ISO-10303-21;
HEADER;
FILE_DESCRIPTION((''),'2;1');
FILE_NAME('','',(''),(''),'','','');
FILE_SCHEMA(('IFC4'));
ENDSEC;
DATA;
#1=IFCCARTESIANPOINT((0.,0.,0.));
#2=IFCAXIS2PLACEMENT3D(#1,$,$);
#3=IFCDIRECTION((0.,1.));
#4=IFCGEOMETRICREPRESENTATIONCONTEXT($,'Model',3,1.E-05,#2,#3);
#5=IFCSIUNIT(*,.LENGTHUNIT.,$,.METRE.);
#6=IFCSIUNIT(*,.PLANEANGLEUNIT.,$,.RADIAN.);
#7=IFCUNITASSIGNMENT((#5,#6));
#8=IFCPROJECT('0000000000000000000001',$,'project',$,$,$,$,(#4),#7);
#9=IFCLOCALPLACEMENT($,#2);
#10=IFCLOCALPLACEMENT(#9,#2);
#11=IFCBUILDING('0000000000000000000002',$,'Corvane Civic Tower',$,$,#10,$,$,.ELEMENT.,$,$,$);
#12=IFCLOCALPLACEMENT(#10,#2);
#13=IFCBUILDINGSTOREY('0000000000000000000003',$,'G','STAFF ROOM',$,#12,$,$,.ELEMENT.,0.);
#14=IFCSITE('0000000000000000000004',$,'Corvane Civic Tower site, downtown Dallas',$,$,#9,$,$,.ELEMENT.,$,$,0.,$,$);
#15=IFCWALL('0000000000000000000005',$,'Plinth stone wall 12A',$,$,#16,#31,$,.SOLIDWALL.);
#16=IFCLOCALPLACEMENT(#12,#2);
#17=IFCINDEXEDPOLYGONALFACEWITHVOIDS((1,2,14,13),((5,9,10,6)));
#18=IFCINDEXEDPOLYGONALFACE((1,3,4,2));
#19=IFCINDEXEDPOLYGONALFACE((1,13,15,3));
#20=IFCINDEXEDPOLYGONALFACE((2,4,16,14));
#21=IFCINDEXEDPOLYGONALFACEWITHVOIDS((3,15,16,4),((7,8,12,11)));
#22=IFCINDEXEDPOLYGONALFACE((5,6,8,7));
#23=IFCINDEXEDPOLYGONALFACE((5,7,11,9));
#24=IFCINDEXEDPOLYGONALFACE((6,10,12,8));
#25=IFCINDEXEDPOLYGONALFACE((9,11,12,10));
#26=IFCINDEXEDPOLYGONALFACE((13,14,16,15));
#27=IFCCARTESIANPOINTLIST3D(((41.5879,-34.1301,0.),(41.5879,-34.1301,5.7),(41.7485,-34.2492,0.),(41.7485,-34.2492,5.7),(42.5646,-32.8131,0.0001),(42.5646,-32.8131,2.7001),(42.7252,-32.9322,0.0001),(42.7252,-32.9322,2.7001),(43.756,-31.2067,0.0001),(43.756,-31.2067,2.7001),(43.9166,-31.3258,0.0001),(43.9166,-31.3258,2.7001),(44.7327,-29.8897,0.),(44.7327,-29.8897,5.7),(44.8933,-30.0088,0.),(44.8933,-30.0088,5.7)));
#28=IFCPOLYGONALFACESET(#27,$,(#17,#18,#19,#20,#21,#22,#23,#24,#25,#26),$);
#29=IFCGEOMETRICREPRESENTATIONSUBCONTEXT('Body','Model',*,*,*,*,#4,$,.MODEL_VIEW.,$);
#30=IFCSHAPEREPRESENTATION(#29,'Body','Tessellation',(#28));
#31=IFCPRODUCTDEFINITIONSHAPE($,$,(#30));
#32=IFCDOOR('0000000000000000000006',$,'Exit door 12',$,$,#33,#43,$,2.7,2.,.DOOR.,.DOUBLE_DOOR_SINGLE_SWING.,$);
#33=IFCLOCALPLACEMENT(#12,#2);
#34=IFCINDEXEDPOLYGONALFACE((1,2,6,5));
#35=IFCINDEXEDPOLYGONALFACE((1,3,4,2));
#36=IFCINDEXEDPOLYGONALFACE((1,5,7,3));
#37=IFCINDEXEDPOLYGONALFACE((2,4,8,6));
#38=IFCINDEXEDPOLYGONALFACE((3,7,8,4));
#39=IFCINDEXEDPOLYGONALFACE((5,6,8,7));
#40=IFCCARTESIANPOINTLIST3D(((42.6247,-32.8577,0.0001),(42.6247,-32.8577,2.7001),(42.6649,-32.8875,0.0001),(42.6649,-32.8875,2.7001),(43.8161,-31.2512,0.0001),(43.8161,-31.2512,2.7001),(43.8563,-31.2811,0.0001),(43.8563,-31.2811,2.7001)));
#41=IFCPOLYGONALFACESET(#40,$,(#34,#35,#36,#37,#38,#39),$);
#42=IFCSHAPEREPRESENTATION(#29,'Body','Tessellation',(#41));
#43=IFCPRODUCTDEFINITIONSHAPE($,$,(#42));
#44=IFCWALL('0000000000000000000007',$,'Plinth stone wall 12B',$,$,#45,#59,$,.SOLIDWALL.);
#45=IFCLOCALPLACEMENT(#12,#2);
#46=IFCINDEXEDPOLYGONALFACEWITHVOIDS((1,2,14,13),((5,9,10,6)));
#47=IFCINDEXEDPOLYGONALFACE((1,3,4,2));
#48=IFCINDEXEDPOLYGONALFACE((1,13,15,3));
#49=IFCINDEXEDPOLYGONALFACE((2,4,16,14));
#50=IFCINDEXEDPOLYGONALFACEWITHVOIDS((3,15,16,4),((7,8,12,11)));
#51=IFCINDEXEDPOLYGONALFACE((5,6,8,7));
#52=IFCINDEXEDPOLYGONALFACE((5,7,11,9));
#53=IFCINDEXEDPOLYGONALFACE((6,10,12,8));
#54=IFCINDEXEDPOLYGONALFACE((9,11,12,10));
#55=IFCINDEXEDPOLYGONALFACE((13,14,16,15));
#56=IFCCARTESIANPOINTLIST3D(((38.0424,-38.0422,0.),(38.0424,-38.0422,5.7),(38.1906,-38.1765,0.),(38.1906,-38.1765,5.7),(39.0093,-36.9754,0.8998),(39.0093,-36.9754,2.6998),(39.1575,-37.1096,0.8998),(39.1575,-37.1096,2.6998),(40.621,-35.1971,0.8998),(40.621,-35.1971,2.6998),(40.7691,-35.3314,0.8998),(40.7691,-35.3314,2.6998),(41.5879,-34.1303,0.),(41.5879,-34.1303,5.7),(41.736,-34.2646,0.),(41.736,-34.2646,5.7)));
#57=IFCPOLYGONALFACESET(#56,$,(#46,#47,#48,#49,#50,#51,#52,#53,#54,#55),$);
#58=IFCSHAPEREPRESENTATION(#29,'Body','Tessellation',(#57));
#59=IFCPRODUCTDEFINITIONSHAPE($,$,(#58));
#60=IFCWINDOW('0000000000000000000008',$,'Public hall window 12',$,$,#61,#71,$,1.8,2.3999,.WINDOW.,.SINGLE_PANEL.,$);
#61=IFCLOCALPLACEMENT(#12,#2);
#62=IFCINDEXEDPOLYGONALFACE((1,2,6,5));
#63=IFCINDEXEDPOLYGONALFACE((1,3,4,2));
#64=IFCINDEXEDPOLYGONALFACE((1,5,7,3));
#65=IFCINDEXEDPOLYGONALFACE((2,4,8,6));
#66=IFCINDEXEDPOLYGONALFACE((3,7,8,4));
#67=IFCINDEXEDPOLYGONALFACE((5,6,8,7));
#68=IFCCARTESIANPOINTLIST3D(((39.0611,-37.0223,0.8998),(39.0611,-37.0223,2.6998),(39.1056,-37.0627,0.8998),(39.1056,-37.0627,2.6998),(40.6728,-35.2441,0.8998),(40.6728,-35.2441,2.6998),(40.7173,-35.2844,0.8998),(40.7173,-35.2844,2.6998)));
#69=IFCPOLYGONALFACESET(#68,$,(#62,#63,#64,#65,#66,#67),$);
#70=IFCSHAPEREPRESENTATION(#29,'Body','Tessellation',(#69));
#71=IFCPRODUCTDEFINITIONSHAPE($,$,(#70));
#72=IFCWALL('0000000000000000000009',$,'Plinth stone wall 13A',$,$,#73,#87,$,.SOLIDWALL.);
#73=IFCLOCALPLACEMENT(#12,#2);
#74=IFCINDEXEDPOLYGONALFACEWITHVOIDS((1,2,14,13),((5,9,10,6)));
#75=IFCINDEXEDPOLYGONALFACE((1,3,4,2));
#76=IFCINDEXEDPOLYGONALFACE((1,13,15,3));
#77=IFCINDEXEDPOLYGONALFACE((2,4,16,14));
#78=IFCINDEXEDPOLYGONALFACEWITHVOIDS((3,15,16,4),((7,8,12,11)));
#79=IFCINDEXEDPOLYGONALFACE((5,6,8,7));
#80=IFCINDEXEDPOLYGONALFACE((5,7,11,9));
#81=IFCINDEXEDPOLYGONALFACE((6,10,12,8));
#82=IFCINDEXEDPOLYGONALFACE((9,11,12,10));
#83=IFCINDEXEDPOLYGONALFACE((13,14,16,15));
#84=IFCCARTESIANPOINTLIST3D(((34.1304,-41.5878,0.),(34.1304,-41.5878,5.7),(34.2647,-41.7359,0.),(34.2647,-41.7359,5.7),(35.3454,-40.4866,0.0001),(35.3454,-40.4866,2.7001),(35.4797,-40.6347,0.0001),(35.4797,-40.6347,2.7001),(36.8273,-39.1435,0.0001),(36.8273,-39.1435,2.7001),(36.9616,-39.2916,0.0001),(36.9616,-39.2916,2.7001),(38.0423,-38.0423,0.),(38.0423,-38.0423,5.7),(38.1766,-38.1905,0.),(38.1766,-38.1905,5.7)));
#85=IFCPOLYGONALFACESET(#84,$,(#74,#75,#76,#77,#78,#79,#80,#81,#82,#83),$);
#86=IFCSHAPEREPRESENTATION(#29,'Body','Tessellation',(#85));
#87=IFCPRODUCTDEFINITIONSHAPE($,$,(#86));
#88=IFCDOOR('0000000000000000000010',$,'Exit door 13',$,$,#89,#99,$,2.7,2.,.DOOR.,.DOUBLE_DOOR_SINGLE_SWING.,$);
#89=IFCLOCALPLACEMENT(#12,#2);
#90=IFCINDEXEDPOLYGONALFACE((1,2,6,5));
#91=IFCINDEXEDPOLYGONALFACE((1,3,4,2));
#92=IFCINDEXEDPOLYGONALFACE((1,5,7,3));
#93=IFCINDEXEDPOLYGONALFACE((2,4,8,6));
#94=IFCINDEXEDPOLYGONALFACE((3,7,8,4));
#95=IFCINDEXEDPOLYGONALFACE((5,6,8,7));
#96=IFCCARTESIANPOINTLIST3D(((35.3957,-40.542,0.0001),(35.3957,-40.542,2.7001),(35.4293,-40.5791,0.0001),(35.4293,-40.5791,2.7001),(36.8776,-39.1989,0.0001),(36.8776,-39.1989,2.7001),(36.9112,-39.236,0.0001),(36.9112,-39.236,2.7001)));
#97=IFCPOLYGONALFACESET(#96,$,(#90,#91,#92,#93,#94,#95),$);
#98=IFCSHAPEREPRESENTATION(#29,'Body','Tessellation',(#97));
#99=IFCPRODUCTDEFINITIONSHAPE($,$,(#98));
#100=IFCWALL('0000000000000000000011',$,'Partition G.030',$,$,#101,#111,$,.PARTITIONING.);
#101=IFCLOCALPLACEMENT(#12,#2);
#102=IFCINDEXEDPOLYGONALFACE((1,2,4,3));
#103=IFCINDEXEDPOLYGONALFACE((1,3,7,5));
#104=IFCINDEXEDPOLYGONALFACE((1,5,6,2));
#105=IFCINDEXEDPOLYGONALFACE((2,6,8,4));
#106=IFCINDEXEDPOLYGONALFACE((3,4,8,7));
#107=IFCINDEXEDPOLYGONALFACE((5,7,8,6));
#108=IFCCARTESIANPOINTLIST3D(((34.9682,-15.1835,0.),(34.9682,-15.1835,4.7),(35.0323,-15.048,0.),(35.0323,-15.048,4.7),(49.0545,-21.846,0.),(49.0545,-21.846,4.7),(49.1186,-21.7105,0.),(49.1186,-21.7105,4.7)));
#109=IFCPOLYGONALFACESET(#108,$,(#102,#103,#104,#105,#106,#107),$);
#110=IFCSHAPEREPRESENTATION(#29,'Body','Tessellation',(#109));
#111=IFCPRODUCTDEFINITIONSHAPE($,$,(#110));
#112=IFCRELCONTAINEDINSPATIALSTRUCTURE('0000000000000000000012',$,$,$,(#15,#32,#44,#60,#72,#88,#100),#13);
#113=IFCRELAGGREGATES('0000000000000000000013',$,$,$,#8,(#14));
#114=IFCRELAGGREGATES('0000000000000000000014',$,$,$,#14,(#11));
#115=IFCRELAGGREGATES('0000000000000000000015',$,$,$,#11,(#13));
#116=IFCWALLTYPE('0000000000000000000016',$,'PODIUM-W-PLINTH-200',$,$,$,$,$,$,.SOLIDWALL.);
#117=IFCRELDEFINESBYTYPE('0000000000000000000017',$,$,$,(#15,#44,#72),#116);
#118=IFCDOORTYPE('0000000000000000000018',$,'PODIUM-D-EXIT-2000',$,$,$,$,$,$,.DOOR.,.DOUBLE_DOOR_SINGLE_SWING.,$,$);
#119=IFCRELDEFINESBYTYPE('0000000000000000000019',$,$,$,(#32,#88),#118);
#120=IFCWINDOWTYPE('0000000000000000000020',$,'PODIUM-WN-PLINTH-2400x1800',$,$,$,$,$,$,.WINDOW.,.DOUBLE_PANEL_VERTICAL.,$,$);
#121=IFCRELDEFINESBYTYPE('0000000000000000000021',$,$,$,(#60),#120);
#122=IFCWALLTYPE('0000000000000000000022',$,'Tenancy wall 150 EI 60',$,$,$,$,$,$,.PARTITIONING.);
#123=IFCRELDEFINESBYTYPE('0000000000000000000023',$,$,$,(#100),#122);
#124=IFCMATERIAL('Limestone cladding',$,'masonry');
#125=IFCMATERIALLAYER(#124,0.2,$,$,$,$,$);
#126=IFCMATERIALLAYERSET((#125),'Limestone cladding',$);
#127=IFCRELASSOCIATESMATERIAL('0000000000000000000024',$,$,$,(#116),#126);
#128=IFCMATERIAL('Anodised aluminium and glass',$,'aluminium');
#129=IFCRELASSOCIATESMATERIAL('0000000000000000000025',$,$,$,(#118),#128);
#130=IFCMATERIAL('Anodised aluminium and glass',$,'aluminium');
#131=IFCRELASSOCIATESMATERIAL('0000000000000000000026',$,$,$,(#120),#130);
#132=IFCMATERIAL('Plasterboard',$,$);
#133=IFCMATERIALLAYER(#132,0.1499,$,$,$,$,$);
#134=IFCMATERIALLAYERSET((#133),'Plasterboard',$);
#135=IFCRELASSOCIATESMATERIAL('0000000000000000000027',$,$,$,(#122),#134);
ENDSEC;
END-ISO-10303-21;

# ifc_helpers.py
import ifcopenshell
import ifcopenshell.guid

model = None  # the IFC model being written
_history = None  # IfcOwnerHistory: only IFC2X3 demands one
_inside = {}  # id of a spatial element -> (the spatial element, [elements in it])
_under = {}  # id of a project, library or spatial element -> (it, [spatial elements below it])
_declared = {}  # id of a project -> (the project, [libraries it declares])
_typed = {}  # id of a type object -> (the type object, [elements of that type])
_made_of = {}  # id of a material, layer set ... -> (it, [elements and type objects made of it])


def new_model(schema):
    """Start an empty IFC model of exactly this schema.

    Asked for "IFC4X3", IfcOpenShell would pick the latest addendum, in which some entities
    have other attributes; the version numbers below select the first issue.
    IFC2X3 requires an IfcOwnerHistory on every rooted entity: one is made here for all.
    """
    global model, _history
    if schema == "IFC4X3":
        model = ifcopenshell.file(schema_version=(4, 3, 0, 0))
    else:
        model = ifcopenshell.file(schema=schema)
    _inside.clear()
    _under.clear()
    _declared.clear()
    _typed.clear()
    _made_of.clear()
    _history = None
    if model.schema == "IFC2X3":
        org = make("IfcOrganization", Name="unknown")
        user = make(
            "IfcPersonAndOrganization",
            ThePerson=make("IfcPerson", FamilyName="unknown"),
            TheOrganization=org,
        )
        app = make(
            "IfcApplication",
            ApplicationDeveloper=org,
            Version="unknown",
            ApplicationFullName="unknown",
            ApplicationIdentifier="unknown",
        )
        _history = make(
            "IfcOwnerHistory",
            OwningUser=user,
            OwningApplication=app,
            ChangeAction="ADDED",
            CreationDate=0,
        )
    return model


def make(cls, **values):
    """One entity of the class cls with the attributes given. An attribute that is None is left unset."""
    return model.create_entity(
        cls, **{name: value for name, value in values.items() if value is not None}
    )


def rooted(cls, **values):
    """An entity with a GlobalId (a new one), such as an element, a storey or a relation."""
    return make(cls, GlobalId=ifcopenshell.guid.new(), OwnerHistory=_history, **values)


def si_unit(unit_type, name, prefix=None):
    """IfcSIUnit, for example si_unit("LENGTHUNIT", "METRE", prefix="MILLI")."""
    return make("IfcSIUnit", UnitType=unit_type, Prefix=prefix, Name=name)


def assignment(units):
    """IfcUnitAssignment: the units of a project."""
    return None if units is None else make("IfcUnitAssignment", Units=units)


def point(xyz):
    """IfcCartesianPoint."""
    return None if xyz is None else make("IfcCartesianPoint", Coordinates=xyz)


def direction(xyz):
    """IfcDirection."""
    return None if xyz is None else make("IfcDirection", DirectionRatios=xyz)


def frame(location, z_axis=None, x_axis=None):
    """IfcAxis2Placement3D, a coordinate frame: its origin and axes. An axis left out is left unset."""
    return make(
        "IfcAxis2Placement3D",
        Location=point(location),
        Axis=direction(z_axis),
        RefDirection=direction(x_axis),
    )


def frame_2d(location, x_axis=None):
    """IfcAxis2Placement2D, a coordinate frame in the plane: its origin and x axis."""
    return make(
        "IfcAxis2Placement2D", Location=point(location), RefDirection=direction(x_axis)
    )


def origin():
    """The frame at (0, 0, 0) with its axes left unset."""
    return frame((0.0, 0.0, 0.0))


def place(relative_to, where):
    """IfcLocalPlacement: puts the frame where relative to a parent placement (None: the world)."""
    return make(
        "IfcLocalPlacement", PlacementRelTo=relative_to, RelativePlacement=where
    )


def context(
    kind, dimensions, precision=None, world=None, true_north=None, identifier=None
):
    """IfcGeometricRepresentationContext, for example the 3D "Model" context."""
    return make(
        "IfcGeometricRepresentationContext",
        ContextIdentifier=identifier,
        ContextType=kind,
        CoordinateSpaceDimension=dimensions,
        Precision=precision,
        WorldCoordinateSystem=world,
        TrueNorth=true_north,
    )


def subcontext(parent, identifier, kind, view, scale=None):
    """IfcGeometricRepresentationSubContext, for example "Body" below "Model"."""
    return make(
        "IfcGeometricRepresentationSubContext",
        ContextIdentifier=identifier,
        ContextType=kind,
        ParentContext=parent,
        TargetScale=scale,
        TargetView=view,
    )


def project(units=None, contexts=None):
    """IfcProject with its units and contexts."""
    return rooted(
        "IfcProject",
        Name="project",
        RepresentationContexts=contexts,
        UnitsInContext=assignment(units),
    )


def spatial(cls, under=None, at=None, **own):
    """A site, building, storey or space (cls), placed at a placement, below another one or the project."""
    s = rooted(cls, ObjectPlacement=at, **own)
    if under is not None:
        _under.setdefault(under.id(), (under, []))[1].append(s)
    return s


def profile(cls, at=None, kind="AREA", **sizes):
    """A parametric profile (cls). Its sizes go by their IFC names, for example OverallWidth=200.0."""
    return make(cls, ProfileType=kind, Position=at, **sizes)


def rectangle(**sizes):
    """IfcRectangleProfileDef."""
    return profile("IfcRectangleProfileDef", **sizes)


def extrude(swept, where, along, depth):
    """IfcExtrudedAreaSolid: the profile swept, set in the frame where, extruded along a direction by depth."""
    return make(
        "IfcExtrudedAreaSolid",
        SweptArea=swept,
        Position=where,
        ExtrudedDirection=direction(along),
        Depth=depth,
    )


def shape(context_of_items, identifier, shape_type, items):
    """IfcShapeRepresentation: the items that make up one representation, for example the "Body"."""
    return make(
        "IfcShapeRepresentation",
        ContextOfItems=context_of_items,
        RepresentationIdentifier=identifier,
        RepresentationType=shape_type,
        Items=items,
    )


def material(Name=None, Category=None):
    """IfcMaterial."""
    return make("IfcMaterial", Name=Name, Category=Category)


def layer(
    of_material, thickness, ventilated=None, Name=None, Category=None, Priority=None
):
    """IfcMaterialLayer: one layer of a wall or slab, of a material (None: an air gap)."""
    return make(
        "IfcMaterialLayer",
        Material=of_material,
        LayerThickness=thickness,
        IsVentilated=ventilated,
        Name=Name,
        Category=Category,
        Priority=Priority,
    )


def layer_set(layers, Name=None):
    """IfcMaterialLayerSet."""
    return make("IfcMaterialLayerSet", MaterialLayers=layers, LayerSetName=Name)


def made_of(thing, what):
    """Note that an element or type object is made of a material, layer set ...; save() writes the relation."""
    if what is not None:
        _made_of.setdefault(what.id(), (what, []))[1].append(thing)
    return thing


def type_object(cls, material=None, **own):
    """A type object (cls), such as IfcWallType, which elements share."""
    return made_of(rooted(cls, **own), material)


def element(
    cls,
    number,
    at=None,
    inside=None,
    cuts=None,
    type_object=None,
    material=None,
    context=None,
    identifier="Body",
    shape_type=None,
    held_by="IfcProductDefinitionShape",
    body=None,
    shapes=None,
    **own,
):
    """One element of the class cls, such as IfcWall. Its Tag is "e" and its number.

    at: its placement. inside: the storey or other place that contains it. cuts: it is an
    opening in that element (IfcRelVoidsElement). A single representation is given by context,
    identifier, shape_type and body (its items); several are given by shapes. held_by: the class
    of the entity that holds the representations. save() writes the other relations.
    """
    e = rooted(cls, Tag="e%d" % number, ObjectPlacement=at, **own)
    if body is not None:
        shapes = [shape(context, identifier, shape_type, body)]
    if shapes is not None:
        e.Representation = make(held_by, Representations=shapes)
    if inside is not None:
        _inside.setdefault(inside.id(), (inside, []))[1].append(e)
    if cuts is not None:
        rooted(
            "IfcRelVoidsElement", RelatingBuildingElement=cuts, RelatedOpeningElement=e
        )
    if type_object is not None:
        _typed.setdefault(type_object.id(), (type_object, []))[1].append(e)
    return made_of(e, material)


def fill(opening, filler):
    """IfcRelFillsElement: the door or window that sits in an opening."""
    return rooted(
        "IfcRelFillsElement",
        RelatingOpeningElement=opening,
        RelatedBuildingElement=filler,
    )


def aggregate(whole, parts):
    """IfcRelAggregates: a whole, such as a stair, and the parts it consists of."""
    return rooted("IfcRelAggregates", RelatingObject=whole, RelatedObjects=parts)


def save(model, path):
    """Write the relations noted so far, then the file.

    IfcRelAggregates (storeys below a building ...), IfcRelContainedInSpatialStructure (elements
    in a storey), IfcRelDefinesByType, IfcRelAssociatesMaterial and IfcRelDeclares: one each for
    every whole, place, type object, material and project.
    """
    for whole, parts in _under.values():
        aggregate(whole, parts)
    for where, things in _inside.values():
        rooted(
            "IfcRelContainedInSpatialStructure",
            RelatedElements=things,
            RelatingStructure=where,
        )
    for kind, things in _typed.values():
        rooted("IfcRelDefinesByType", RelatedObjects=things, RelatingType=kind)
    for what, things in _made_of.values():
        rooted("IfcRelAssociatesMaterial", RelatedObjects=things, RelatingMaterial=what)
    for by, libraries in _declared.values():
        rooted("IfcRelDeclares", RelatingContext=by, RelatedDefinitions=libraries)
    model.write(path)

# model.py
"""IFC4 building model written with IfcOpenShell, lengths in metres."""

from ifc_helpers import new_model, si_unit, direction, frame, frame_2d, origin, place, context, subcontext, project, spatial, rectangle, extrude, material, layer, layer_set, type_object, element, fill, save


model = new_model("IFC4")

# Units and contexts
model_context = context("Model", 3, precision=1e-05, world=origin(), true_north=direction((0.0, 1.0)))
body_context = subcontext(model_context, "Body", "Model", "MODEL_VIEW")
ifc_project = project(units=[si_unit("LENGTHUNIT", "METRE"), si_unit("PLANEANGLEUNIT", "RADIAN")], contexts=[model_context])

# Site, building, storey
site_placement = place(None, origin())
site = spatial("IfcSite", under=ifc_project, at=site_placement, Name="Corvane Civic Tower site, downtown Dallas", CompositionType="ELEMENT", RefElevation=0.0)
building_placement = place(site_placement, origin())
building = spatial("IfcBuilding", under=site, at=building_placement, Name="Corvane Civic Tower", CompositionType="ELEMENT")
storey_placement = place(building_placement, origin())
storey = spatial("IfcBuildingStorey", under=building, at=storey_placement, Name="G", Description="STAFF ROOM", CompositionType="ELEMENT", Elevation=0.0)

# Shared definitions
ifc_material_1 = material(Name="Limestone cladding", Category="masonry")
ifc_layer_1 = layer(ifc_material_1, 0.2)
ifc_layer_set_1 = layer_set([ifc_layer_1], Name="Limestone cladding")
wall_type_1 = type_object("IfcWallType", Name="PODIUM-W-PLINTH-200", PredefinedType="SOLIDWALL", material=ifc_layer_set_1)
ifc_material_2 = material(Name="Anodised aluminium and glass", Category="aluminium")
door_type_1 = type_object("IfcDoorType", Name="PODIUM-D-EXIT-2000", OperationType="DOUBLE_DOOR_SINGLE_SWING", PredefinedType="DOOR", material=ifc_material_2)

# Shared definitions
ifc_material_3 = material(Name="Anodised aluminium and glass", Category="aluminium")
window_type = type_object("IfcWindowType", Name="PODIUM-WN-PLINTH-2400x1800", PartitioningType="DOUBLE_PANEL_VERTICAL", PredefinedType="WINDOW", material=ifc_material_3)

# Wall, opening, door
wall_1_placement = place(storey_placement, frame((44.813, -29.9492, 0.0), z_axis=(0.0, 0.0, 1.0), x_axis=(-0.595678, -0.803224, 0.0)))
wall_1 = element("IfcWall", 1, at=wall_1_placement, inside=storey, type_object=wall_type_1, Name="Plinth stone wall 12A", PredefinedType="SOLIDWALL", context=body_context, shape_type="SweptSolid", body=[
    extrude(rectangle(XDim=5.2793, YDim=0.2, at=frame_2d((2.6396, 0.0))), origin(), (0.0, 0.0, 1.0), 5.7),
])
opening_1_placement = place(wall_1_placement, frame((1.6396, 0.0, 0.0)))
opening_1 = element("IfcOpeningElement", 2, at=opening_1_placement, cuts=wall_1, PredefinedType="OPENING", context=body_context, shape_type="SweptSolid", body=[
    extrude(rectangle(XDim=2.0, YDim=2.7, at=frame_2d((1.0, 1.3501))), frame((0.0, 0.1099, 0.0), z_axis=(0.0, -1.0, 0.0), x_axis=(1.0, 0.0, 0.0)), (0.0, 0.0, 1.0), 0.22),
])
door_1_placement = place(opening_1_placement, origin())
door_1 = element("IfcDoor", 3, at=door_1_placement, inside=storey, type_object=door_type_1, Name="Exit door 12", OperationType="DOUBLE_DOOR_SINGLE_SWING", OverallHeight=2.7, OverallWidth=2.0, PredefinedType="DOOR", context=body_context, shape_type="SweptSolid", body=[
    extrude(rectangle(XDim=2.0, YDim=2.7, at=frame_2d((1.0, 1.3501))), frame((0.0, 0.0249, 0.0), z_axis=(0.0, -1.0, 0.0), x_axis=(1.0, 0.0, 0.0)), (0.0, 0.0, 1.0), 0.05),
])
fill(opening_1, door_1)

# Wall, opening, window
wall_2_placement = place(storey_placement, frame((41.6619, -34.1975, 0.0), z_axis=(0.0, 0.0, 1.0), x_axis=(-0.671549, -0.74096, 0.0)))
wall_2 = element("IfcWall", 4, at=wall_2_placement, inside=storey, type_object=wall_type_1, Name="Plinth stone wall 12B", PredefinedType="SOLIDWALL", context=body_context, shape_type="SweptSolid", body=[
    extrude(rectangle(XDim=5.2795, YDim=0.2, at=frame_2d((2.6396, 0.0))), origin(), (0.0, 0.0, 1.0), 5.7),
])
opening_2_placement = place(wall_2_placement, frame((1.4397, 0.0, 0.8999)))
opening_2 = element("IfcOpeningElement", 5, at=opening_2_placement, cuts=wall_2, PredefinedType="OPENING", context=body_context, shape_type="SweptSolid", body=[
    extrude(rectangle(XDim=2.3999, YDim=1.8, at=frame_2d((1.2, 0.8999))), frame((0.0, 0.1099, 0.0), z_axis=(0.0, -1.0, 0.0), x_axis=(1.0, 0.0, 0.0)), (0.0, 0.0, 1.0), 0.22),
])
window_1_placement = place(opening_2_placement, origin())
window_1 = element("IfcWindow", 6, at=window_1_placement, inside=storey, type_object=window_type, Name="Public hall window 12", OverallHeight=1.8, OverallWidth=2.3999, PartitioningType="SINGLE_PANEL", PredefinedType="WINDOW", context=body_context, shape_type="SweptSolid", body=[
    extrude(rectangle(XDim=2.3999, YDim=1.8, at=frame_2d((1.2, 0.8999))), frame((0.0, 0.03, 0.0), z_axis=(0.0, -1.0, 0.0), x_axis=(1.0, 0.0, 0.0)), (0.0, 0.0, 1.0), 0.0601),
])
fill(opening_2, window_1)

# Wall, opening, door
wall_3_placement = place(storey_placement, frame((38.1094, -38.1165, 0.0), z_axis=(0.0, 0.0, 1.0), x_axis=(-0.74096, -0.671549, 0.0)))
wall_3 = element("IfcWall", 7, at=wall_3_placement, inside=storey, type_object=wall_type_1, Name="Plinth stone wall 13A", PredefinedType="SOLIDWALL", context=body_context, shape_type="SweptSolid", body=[
    extrude(rectangle(XDim=5.2795, YDim=0.2, at=frame_2d((2.6396, 0.0))), origin(), (0.0, 0.0, 1.0), 5.7),
])
opening_3_placement = place(wall_3_placement, frame((1.6396, 0.0, 0.0)))
opening_3 = element("IfcOpeningElement", 8, at=opening_3_placement, cuts=wall_3, PredefinedType="OPENING", context=body_context, shape_type="SweptSolid", body=[
    extrude(rectangle(XDim=2.0, YDim=2.7, at=frame_2d((1.0, 1.3501))), frame((0.0, 0.1099, 0.0), z_axis=(0.0, -1.0, 0.0), x_axis=(1.0, 0.0, 0.0)), (0.0, 0.0, 1.0), 0.22),
])
door_2_placement = place(opening_3_placement, origin())
door_2 = element("IfcDoor", 9, at=door_2_placement, inside=storey, type_object=door_type_1, Name="Exit door 13", OperationType="DOUBLE_DOOR_SINGLE_SWING", OverallHeight=2.7, OverallWidth=2.0, PredefinedType="DOOR", context=body_context, shape_type="SweptSolid", body=[
    extrude(rectangle(XDim=2.0, YDim=2.7, at=frame_2d((1.0, 1.3501))), frame((0.0, 0.0249, 0.0), z_axis=(0.0, -1.0, 0.0), x_axis=(1.0, 0.0, 0.0)), (0.0, 0.0, 1.0), 0.05),
])
fill(opening_3, door_2)

# Wall
ifc_material_4 = material(Name="Plasterboard")
ifc_layer_2 = layer(ifc_material_4, 0.1499)
ifc_layer_set_2 = layer_set([ifc_layer_2], Name="Plasterboard")
wall_type_2 = type_object("IfcWallType", Name="Tenancy wall 150 EI 60", PredefinedType="PARTITIONING", material=ifc_layer_set_2)
wall_4_placement = place(storey_placement, frame((35.0002, -15.1157, 0.0), z_axis=(0.0, 0.0, 1.0), x_axis=(0.903984, -0.427566, 0.0)))
element("IfcWall", 10, at=wall_4_placement, inside=storey, type_object=wall_type_2, Name="Partition G.030", PredefinedType="PARTITIONING", context=body_context, shape_type="SweptSolid", body=[
    extrude(rectangle(XDim=15.5825, YDim=0.1499, at=frame_2d((7.7913, 0.0))), origin(), (0.0, 0.0, 1.0), 4.7),
])

save(model, "model.ifc")
